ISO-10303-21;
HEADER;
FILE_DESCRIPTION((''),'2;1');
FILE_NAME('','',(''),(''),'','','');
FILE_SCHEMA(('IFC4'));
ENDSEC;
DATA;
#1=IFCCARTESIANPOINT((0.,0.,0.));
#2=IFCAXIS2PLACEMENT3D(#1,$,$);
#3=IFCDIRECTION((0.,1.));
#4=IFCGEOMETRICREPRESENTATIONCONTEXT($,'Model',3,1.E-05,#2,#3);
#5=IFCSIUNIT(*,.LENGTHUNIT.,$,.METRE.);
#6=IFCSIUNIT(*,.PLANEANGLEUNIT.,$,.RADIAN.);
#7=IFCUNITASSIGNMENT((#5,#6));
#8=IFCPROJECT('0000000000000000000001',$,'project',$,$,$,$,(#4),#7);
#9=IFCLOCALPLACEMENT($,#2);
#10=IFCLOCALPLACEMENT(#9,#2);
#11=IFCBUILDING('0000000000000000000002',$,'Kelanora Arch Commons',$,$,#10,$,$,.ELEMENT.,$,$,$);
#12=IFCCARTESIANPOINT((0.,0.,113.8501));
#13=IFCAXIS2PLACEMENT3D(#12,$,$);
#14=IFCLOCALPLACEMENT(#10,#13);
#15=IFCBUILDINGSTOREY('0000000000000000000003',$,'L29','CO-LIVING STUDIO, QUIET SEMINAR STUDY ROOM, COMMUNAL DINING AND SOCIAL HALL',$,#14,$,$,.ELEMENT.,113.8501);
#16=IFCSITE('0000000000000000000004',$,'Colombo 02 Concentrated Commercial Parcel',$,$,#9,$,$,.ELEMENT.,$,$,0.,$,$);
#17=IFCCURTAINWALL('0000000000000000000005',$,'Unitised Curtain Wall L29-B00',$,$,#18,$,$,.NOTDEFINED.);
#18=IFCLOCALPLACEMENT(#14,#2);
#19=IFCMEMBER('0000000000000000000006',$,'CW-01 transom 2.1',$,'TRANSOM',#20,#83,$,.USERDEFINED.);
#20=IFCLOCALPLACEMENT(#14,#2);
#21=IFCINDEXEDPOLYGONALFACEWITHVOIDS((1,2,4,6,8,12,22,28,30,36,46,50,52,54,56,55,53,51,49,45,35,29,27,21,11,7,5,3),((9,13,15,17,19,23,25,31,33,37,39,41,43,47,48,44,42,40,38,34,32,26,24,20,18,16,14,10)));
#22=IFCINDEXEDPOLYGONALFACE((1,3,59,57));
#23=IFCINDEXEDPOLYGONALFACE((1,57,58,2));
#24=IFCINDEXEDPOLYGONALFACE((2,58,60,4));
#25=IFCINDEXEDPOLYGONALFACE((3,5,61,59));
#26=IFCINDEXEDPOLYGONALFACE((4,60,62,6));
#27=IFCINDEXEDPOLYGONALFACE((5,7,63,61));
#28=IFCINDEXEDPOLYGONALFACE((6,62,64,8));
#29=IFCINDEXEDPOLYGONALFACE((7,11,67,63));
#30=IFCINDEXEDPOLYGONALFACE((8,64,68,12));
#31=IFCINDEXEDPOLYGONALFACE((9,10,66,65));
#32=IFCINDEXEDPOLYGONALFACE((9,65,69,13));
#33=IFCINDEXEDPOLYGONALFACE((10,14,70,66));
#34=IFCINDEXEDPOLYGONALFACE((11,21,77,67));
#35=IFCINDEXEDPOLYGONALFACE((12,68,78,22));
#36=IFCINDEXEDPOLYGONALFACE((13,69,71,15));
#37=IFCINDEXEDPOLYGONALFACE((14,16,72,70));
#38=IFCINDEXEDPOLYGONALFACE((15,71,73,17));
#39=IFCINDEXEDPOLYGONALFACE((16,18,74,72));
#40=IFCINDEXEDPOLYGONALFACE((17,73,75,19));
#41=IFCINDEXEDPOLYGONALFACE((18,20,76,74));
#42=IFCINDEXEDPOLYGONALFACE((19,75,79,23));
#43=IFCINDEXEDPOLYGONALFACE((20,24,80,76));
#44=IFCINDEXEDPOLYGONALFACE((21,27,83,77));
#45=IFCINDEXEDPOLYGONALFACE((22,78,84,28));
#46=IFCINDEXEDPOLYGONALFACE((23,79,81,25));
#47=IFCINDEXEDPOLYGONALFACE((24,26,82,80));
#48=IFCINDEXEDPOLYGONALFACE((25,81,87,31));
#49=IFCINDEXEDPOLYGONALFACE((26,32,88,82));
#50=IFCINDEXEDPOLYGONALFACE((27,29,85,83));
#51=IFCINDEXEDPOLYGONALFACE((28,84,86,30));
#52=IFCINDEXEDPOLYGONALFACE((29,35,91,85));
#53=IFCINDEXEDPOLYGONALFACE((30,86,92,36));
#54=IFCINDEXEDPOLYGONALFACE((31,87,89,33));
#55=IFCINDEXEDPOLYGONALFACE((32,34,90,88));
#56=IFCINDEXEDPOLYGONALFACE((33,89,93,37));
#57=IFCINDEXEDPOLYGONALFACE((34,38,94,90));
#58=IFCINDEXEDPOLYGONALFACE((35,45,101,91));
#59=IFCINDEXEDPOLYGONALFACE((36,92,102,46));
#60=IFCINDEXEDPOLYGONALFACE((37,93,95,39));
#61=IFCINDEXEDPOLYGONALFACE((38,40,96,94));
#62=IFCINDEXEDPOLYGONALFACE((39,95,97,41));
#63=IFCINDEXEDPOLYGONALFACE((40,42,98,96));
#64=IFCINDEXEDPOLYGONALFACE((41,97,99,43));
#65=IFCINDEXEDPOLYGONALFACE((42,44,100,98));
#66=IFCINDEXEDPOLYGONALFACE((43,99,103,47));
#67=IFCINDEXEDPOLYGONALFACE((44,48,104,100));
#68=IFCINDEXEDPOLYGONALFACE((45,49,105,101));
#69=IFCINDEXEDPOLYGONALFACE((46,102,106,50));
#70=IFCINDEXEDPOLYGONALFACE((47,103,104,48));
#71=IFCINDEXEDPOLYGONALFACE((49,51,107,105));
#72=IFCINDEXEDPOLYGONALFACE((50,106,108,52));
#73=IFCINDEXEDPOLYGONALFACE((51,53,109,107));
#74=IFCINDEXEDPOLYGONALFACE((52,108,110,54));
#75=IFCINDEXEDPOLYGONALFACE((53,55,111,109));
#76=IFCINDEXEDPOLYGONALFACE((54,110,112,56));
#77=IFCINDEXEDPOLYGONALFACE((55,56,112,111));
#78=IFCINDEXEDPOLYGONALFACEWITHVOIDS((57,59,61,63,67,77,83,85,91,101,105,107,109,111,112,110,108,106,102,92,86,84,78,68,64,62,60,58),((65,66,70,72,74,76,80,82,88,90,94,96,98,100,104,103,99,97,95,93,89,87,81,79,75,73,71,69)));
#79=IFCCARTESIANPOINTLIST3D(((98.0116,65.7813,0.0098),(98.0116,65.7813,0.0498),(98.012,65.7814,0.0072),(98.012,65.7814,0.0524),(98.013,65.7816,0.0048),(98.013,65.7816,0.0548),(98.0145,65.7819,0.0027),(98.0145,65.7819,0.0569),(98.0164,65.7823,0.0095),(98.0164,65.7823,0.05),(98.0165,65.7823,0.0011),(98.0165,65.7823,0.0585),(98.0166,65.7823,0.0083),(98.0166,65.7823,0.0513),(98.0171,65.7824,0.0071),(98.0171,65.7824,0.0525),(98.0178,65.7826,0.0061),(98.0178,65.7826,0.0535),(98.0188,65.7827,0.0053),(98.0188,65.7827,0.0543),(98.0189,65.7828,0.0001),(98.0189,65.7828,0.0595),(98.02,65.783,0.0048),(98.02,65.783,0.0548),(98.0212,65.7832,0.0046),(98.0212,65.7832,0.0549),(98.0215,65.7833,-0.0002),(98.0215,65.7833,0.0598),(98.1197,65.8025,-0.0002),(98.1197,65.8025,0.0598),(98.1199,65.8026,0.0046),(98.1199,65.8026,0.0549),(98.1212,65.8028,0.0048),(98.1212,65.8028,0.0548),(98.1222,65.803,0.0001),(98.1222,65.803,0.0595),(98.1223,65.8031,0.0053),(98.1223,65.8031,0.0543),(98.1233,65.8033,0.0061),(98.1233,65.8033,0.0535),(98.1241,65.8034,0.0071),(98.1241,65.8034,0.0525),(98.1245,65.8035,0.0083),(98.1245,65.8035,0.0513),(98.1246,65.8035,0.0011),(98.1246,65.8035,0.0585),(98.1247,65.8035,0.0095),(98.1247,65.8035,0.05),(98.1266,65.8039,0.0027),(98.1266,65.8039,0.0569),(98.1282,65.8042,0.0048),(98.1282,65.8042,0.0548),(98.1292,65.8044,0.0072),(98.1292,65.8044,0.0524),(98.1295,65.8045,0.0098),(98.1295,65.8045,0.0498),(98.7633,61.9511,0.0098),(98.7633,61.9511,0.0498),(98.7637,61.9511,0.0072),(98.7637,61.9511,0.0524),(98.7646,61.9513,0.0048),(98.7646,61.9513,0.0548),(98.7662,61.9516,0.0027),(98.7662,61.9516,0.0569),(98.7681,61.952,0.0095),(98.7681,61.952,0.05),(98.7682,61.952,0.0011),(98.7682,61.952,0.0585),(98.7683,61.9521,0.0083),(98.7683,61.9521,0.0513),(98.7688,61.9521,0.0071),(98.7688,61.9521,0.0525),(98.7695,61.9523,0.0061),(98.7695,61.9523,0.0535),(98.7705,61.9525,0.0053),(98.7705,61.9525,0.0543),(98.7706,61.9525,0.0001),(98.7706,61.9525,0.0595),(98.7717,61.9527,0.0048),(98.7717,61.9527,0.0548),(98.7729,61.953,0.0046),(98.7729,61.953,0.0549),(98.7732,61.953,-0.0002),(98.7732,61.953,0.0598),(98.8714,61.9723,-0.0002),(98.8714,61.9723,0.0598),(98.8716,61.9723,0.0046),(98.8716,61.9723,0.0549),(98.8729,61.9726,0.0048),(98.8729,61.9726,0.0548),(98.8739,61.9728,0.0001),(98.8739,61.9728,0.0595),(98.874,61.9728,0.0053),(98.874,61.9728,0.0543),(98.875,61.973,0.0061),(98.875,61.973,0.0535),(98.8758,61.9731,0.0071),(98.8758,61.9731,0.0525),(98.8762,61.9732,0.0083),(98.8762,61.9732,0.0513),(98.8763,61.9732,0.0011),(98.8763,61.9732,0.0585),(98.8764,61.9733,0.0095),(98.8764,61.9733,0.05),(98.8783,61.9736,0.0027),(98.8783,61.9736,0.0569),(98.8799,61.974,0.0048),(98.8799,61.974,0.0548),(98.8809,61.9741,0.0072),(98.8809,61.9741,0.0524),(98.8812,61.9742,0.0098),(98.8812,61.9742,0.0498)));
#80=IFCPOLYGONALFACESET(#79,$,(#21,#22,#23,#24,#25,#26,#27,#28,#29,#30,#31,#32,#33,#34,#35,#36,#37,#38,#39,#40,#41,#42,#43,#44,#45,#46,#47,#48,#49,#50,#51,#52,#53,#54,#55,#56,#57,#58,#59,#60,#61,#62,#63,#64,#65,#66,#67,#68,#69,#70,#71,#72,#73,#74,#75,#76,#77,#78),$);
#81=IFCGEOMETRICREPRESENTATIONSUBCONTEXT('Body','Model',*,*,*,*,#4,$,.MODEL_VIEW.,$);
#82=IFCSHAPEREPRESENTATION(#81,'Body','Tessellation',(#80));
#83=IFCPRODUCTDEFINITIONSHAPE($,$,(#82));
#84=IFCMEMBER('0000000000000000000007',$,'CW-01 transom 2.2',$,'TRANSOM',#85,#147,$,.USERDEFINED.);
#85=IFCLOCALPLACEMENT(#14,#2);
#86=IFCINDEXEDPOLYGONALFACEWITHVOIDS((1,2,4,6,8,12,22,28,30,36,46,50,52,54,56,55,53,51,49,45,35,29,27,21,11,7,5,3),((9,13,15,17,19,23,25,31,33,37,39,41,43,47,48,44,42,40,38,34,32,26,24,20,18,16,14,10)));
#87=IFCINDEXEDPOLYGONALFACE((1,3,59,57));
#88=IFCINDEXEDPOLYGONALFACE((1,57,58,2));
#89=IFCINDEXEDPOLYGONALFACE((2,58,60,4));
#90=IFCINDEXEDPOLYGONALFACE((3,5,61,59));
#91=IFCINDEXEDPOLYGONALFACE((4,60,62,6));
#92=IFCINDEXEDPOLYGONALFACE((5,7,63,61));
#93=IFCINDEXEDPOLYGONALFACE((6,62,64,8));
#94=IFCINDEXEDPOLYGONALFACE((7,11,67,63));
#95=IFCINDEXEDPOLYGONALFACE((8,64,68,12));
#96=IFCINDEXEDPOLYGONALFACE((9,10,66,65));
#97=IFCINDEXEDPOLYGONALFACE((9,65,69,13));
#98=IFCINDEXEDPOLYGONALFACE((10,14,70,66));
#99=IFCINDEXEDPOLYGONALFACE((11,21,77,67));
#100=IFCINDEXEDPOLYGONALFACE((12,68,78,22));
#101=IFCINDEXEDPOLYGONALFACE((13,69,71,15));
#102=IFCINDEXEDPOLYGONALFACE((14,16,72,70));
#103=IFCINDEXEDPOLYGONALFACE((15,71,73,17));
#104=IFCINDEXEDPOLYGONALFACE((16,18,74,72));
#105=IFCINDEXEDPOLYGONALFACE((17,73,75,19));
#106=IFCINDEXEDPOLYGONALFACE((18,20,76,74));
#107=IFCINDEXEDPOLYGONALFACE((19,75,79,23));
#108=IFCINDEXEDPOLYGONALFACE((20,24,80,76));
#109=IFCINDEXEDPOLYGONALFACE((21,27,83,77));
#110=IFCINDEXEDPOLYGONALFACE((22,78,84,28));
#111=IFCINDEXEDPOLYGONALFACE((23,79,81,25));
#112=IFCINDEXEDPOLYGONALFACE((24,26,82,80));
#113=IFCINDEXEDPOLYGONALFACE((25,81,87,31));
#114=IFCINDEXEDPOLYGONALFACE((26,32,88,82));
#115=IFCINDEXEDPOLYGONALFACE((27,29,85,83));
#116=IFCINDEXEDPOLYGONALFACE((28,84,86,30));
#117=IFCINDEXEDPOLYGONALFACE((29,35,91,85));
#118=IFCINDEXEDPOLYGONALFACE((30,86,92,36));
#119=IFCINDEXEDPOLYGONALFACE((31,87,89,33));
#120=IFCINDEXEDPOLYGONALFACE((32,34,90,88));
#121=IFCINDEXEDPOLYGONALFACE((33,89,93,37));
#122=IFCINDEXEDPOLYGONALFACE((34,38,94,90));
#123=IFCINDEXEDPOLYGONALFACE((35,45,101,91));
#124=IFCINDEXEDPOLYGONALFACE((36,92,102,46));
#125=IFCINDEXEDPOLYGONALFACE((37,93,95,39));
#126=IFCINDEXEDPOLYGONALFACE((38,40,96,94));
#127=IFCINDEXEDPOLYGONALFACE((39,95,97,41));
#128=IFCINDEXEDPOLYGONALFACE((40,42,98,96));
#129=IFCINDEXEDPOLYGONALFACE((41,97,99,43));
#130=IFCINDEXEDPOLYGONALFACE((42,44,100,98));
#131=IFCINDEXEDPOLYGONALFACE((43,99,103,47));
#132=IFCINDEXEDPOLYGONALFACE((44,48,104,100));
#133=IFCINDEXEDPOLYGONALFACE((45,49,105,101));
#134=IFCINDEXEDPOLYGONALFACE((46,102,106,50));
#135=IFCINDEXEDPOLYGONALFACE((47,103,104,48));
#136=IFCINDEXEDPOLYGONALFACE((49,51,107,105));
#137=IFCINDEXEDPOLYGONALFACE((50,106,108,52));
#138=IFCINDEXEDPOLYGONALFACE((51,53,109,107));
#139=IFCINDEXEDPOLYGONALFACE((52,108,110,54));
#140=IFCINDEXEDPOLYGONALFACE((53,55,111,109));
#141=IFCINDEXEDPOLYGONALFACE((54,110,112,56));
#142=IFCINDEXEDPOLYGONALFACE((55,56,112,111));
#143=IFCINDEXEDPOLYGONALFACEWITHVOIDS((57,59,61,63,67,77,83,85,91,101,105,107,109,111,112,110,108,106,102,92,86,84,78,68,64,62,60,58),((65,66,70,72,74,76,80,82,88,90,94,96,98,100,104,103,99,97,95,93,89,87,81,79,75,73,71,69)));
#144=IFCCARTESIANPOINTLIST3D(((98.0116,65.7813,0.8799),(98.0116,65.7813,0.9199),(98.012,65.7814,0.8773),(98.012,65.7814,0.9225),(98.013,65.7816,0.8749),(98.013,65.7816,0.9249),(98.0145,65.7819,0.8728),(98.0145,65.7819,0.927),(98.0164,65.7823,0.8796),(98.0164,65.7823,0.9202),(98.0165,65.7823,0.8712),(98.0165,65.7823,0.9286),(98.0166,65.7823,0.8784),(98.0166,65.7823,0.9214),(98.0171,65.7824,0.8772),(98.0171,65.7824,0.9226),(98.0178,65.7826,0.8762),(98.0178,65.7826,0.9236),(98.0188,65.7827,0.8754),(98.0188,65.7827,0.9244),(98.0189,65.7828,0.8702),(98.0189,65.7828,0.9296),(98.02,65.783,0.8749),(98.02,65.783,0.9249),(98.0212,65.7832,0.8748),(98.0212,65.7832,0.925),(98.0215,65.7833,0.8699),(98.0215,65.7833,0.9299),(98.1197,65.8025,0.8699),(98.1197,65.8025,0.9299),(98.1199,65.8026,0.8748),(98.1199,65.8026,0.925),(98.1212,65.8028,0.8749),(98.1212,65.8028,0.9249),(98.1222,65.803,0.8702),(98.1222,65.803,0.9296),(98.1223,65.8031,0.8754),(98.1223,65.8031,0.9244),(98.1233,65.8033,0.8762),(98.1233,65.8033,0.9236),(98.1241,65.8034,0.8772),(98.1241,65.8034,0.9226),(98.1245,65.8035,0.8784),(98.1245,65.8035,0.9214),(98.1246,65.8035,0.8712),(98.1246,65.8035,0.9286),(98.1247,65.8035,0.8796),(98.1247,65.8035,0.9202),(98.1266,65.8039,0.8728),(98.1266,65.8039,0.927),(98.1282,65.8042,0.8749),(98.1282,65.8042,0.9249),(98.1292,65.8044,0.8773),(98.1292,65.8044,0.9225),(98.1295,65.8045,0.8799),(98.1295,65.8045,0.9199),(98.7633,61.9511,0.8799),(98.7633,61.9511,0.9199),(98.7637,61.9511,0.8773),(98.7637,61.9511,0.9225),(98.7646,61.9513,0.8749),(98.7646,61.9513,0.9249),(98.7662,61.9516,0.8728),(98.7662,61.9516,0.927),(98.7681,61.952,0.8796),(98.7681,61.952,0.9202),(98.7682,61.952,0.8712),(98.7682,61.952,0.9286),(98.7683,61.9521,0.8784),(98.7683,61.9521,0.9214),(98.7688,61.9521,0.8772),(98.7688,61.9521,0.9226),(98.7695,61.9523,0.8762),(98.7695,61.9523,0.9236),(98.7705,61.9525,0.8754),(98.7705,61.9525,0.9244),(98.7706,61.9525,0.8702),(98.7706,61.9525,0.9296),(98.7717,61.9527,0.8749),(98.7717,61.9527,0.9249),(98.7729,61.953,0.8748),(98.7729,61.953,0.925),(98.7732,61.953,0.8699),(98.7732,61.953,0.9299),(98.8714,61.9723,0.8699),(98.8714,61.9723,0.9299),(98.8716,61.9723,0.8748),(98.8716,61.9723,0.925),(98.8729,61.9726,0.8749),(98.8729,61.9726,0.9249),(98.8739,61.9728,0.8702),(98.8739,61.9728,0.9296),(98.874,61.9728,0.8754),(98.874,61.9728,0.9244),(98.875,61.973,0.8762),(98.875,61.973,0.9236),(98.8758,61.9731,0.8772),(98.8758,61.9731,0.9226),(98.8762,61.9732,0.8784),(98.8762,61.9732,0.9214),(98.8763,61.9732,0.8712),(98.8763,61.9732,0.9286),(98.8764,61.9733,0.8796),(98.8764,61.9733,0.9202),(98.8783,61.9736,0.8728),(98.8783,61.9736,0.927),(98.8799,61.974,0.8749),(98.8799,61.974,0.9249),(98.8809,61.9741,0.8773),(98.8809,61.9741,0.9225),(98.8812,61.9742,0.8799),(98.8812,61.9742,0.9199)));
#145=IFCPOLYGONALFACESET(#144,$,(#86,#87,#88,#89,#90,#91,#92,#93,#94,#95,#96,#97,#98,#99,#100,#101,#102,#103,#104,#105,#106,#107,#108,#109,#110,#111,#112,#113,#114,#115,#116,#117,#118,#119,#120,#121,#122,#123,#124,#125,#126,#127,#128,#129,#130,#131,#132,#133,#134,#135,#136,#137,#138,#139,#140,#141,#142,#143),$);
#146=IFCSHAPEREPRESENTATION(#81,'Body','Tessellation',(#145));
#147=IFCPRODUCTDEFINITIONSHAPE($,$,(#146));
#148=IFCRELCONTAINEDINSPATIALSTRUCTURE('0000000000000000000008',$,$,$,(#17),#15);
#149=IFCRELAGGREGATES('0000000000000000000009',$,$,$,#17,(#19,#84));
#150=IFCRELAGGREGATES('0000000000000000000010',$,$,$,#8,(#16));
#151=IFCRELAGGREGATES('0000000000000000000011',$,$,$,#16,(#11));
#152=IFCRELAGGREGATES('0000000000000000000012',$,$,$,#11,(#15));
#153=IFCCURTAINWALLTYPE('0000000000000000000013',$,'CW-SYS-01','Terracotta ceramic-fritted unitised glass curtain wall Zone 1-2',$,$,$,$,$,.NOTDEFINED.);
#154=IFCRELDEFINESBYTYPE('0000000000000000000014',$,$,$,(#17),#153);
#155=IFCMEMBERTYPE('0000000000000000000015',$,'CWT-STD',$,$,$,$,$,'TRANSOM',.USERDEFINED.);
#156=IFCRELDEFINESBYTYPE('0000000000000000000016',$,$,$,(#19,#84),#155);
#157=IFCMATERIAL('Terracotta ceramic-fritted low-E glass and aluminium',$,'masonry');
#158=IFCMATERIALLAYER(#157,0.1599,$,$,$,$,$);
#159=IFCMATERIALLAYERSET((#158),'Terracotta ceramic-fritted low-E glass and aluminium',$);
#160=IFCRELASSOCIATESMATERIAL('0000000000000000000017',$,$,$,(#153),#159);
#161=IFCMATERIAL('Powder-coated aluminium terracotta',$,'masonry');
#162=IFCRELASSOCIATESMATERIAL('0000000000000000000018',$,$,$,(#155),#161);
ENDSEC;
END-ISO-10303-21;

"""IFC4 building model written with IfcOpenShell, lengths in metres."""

from ifc_helpers import new_model, si_unit, direction, frame, origin, origin_2d, place, context, subcontext, project, spatial, hollow_rectangle, extrude, material, layer, layer_set, material_profile, profile_set, type_object, element, aggregate, save


model = new_model("IFC4")

# Units and contexts
model_context = context("Model", 3, precision=1e-05, world=origin(), true_north=direction((0.0, 1.0)))
body_context = subcontext(model_context, "Body", "Model", "MODEL_VIEW")
ifc_project = project(units=[si_unit("LENGTHUNIT", "METRE"), si_unit("PLANEANGLEUNIT", "RADIAN")], contexts=[model_context])

# Site, building, storey
site_placement = place(None, origin())
site = spatial("IfcSite", under=ifc_project, at=site_placement, Name="Colombo 02 Concentrated Commercial Parcel", CompositionType="ELEMENT", RefElevation=0.0)
building_placement = place(site_placement, origin())
building = spatial("IfcBuilding", under=site, at=building_placement, Name="Kelanora Arch Commons", CompositionType="ELEMENT")
storey_placement = place(building_placement, frame((0.0, 0.0, 113.8501)))
storey = spatial("IfcBuildingStorey", under=building, at=storey_placement, Name="L29", Description="CO-LIVING STUDIO, QUIET SEMINAR STUDY ROOM, COMMUNAL DINING AND SOCIAL HALL", CompositionType="ELEMENT", Elevation=113.8501)

# Curtain wall, members
ifc_material_1 = material(Name="Terracotta ceramic-fritted low-E glass and aluminium", Category="masonry")
ifc_layer_1 = layer(ifc_material_1, 0.1599)
ifc_layer_set_1 = layer_set([ifc_layer_1], Name="Terracotta ceramic-fritted low-E glass and aluminium")
curtain_wall_type = type_object("IfcCurtainWallType", Name="CW-SYS-01", Description="Terracotta ceramic-fritted unitised glass curtain wall Zone 1-2", PredefinedType="NOTDEFINED", material=ifc_layer_set_1)
curtain_wall_placement = place(storey_placement, origin())
curtain_wall = element("IfcCurtainWall", 1, at=curtain_wall_placement, inside=storey, type_object=curtain_wall_type, Name="Unitised Curtain Wall L29-B00", PredefinedType="NOTDEFINED")
ifc_material_2 = material(Name="Powder-coated aluminium terracotta", Category="masonry")
ifc_material_profile_1 = material_profile(ifc_material_2, hollow_rectangle(XDim=0.1201, YDim=0.0601, WallThickness=0.0049, InnerFilletRadius=0.0049, OuterFilletRadius=0.01, at=origin_2d()), Name="CWT120x60")
ifc_profile_set_1 = profile_set([ifc_material_profile_1], Name="Powder-coated aluminium terracotta")
member_type_1 = type_object("IfcMemberType", Name="CWT-STD", ElementType="TRANSOM", PredefinedType="USERDEFINED", material=ifc_profile_set_1)
member_1_placement = place(storey_placement, frame((98.8223, 61.9626, 0.0298), z_axis=(-0.192579, 0.981282, 0.0), x_axis=(-0.981282, -0.192579, 0.0)))
member_1 = element("IfcMember", 2, at=member_1_placement, type_object=member_type_1, Name="CW-01 transom 2.1", ObjectType="TRANSOM", PredefinedType="USERDEFINED", context=body_context, shape_type="SweptSolid", body=[
    extrude(hollow_rectangle(XDim=0.1201, YDim=0.0601, WallThickness=0.0049, InnerFilletRadius=0.0049, OuterFilletRadius=0.01, at=origin_2d()), origin(), (0.0, 0.0, 1.0), 3.9033),
])
member_2_placement = place(storey_placement, frame((98.8223, 61.9626, 0.8999), z_axis=(-0.192579, 0.981282, 0.0), x_axis=(-0.981282, -0.192579, 0.0)))
member_2 = element("IfcMember", 3, at=member_2_placement, type_object=member_type_1, Name="CW-01 transom 2.2", ObjectType="TRANSOM", PredefinedType="USERDEFINED", context=body_context, shape_type="SweptSolid", body=[
    extrude(hollow_rectangle(XDim=0.1201, YDim=0.0601, WallThickness=0.0049, InnerFilletRadius=0.0049, OuterFilletRadius=0.01, at=origin_2d()), origin(), (0.0, 0.0, 1.0), 3.9033),
])
aggregate(curtain_wall, [member_1, member_2])

save(model, "model.ifc")
